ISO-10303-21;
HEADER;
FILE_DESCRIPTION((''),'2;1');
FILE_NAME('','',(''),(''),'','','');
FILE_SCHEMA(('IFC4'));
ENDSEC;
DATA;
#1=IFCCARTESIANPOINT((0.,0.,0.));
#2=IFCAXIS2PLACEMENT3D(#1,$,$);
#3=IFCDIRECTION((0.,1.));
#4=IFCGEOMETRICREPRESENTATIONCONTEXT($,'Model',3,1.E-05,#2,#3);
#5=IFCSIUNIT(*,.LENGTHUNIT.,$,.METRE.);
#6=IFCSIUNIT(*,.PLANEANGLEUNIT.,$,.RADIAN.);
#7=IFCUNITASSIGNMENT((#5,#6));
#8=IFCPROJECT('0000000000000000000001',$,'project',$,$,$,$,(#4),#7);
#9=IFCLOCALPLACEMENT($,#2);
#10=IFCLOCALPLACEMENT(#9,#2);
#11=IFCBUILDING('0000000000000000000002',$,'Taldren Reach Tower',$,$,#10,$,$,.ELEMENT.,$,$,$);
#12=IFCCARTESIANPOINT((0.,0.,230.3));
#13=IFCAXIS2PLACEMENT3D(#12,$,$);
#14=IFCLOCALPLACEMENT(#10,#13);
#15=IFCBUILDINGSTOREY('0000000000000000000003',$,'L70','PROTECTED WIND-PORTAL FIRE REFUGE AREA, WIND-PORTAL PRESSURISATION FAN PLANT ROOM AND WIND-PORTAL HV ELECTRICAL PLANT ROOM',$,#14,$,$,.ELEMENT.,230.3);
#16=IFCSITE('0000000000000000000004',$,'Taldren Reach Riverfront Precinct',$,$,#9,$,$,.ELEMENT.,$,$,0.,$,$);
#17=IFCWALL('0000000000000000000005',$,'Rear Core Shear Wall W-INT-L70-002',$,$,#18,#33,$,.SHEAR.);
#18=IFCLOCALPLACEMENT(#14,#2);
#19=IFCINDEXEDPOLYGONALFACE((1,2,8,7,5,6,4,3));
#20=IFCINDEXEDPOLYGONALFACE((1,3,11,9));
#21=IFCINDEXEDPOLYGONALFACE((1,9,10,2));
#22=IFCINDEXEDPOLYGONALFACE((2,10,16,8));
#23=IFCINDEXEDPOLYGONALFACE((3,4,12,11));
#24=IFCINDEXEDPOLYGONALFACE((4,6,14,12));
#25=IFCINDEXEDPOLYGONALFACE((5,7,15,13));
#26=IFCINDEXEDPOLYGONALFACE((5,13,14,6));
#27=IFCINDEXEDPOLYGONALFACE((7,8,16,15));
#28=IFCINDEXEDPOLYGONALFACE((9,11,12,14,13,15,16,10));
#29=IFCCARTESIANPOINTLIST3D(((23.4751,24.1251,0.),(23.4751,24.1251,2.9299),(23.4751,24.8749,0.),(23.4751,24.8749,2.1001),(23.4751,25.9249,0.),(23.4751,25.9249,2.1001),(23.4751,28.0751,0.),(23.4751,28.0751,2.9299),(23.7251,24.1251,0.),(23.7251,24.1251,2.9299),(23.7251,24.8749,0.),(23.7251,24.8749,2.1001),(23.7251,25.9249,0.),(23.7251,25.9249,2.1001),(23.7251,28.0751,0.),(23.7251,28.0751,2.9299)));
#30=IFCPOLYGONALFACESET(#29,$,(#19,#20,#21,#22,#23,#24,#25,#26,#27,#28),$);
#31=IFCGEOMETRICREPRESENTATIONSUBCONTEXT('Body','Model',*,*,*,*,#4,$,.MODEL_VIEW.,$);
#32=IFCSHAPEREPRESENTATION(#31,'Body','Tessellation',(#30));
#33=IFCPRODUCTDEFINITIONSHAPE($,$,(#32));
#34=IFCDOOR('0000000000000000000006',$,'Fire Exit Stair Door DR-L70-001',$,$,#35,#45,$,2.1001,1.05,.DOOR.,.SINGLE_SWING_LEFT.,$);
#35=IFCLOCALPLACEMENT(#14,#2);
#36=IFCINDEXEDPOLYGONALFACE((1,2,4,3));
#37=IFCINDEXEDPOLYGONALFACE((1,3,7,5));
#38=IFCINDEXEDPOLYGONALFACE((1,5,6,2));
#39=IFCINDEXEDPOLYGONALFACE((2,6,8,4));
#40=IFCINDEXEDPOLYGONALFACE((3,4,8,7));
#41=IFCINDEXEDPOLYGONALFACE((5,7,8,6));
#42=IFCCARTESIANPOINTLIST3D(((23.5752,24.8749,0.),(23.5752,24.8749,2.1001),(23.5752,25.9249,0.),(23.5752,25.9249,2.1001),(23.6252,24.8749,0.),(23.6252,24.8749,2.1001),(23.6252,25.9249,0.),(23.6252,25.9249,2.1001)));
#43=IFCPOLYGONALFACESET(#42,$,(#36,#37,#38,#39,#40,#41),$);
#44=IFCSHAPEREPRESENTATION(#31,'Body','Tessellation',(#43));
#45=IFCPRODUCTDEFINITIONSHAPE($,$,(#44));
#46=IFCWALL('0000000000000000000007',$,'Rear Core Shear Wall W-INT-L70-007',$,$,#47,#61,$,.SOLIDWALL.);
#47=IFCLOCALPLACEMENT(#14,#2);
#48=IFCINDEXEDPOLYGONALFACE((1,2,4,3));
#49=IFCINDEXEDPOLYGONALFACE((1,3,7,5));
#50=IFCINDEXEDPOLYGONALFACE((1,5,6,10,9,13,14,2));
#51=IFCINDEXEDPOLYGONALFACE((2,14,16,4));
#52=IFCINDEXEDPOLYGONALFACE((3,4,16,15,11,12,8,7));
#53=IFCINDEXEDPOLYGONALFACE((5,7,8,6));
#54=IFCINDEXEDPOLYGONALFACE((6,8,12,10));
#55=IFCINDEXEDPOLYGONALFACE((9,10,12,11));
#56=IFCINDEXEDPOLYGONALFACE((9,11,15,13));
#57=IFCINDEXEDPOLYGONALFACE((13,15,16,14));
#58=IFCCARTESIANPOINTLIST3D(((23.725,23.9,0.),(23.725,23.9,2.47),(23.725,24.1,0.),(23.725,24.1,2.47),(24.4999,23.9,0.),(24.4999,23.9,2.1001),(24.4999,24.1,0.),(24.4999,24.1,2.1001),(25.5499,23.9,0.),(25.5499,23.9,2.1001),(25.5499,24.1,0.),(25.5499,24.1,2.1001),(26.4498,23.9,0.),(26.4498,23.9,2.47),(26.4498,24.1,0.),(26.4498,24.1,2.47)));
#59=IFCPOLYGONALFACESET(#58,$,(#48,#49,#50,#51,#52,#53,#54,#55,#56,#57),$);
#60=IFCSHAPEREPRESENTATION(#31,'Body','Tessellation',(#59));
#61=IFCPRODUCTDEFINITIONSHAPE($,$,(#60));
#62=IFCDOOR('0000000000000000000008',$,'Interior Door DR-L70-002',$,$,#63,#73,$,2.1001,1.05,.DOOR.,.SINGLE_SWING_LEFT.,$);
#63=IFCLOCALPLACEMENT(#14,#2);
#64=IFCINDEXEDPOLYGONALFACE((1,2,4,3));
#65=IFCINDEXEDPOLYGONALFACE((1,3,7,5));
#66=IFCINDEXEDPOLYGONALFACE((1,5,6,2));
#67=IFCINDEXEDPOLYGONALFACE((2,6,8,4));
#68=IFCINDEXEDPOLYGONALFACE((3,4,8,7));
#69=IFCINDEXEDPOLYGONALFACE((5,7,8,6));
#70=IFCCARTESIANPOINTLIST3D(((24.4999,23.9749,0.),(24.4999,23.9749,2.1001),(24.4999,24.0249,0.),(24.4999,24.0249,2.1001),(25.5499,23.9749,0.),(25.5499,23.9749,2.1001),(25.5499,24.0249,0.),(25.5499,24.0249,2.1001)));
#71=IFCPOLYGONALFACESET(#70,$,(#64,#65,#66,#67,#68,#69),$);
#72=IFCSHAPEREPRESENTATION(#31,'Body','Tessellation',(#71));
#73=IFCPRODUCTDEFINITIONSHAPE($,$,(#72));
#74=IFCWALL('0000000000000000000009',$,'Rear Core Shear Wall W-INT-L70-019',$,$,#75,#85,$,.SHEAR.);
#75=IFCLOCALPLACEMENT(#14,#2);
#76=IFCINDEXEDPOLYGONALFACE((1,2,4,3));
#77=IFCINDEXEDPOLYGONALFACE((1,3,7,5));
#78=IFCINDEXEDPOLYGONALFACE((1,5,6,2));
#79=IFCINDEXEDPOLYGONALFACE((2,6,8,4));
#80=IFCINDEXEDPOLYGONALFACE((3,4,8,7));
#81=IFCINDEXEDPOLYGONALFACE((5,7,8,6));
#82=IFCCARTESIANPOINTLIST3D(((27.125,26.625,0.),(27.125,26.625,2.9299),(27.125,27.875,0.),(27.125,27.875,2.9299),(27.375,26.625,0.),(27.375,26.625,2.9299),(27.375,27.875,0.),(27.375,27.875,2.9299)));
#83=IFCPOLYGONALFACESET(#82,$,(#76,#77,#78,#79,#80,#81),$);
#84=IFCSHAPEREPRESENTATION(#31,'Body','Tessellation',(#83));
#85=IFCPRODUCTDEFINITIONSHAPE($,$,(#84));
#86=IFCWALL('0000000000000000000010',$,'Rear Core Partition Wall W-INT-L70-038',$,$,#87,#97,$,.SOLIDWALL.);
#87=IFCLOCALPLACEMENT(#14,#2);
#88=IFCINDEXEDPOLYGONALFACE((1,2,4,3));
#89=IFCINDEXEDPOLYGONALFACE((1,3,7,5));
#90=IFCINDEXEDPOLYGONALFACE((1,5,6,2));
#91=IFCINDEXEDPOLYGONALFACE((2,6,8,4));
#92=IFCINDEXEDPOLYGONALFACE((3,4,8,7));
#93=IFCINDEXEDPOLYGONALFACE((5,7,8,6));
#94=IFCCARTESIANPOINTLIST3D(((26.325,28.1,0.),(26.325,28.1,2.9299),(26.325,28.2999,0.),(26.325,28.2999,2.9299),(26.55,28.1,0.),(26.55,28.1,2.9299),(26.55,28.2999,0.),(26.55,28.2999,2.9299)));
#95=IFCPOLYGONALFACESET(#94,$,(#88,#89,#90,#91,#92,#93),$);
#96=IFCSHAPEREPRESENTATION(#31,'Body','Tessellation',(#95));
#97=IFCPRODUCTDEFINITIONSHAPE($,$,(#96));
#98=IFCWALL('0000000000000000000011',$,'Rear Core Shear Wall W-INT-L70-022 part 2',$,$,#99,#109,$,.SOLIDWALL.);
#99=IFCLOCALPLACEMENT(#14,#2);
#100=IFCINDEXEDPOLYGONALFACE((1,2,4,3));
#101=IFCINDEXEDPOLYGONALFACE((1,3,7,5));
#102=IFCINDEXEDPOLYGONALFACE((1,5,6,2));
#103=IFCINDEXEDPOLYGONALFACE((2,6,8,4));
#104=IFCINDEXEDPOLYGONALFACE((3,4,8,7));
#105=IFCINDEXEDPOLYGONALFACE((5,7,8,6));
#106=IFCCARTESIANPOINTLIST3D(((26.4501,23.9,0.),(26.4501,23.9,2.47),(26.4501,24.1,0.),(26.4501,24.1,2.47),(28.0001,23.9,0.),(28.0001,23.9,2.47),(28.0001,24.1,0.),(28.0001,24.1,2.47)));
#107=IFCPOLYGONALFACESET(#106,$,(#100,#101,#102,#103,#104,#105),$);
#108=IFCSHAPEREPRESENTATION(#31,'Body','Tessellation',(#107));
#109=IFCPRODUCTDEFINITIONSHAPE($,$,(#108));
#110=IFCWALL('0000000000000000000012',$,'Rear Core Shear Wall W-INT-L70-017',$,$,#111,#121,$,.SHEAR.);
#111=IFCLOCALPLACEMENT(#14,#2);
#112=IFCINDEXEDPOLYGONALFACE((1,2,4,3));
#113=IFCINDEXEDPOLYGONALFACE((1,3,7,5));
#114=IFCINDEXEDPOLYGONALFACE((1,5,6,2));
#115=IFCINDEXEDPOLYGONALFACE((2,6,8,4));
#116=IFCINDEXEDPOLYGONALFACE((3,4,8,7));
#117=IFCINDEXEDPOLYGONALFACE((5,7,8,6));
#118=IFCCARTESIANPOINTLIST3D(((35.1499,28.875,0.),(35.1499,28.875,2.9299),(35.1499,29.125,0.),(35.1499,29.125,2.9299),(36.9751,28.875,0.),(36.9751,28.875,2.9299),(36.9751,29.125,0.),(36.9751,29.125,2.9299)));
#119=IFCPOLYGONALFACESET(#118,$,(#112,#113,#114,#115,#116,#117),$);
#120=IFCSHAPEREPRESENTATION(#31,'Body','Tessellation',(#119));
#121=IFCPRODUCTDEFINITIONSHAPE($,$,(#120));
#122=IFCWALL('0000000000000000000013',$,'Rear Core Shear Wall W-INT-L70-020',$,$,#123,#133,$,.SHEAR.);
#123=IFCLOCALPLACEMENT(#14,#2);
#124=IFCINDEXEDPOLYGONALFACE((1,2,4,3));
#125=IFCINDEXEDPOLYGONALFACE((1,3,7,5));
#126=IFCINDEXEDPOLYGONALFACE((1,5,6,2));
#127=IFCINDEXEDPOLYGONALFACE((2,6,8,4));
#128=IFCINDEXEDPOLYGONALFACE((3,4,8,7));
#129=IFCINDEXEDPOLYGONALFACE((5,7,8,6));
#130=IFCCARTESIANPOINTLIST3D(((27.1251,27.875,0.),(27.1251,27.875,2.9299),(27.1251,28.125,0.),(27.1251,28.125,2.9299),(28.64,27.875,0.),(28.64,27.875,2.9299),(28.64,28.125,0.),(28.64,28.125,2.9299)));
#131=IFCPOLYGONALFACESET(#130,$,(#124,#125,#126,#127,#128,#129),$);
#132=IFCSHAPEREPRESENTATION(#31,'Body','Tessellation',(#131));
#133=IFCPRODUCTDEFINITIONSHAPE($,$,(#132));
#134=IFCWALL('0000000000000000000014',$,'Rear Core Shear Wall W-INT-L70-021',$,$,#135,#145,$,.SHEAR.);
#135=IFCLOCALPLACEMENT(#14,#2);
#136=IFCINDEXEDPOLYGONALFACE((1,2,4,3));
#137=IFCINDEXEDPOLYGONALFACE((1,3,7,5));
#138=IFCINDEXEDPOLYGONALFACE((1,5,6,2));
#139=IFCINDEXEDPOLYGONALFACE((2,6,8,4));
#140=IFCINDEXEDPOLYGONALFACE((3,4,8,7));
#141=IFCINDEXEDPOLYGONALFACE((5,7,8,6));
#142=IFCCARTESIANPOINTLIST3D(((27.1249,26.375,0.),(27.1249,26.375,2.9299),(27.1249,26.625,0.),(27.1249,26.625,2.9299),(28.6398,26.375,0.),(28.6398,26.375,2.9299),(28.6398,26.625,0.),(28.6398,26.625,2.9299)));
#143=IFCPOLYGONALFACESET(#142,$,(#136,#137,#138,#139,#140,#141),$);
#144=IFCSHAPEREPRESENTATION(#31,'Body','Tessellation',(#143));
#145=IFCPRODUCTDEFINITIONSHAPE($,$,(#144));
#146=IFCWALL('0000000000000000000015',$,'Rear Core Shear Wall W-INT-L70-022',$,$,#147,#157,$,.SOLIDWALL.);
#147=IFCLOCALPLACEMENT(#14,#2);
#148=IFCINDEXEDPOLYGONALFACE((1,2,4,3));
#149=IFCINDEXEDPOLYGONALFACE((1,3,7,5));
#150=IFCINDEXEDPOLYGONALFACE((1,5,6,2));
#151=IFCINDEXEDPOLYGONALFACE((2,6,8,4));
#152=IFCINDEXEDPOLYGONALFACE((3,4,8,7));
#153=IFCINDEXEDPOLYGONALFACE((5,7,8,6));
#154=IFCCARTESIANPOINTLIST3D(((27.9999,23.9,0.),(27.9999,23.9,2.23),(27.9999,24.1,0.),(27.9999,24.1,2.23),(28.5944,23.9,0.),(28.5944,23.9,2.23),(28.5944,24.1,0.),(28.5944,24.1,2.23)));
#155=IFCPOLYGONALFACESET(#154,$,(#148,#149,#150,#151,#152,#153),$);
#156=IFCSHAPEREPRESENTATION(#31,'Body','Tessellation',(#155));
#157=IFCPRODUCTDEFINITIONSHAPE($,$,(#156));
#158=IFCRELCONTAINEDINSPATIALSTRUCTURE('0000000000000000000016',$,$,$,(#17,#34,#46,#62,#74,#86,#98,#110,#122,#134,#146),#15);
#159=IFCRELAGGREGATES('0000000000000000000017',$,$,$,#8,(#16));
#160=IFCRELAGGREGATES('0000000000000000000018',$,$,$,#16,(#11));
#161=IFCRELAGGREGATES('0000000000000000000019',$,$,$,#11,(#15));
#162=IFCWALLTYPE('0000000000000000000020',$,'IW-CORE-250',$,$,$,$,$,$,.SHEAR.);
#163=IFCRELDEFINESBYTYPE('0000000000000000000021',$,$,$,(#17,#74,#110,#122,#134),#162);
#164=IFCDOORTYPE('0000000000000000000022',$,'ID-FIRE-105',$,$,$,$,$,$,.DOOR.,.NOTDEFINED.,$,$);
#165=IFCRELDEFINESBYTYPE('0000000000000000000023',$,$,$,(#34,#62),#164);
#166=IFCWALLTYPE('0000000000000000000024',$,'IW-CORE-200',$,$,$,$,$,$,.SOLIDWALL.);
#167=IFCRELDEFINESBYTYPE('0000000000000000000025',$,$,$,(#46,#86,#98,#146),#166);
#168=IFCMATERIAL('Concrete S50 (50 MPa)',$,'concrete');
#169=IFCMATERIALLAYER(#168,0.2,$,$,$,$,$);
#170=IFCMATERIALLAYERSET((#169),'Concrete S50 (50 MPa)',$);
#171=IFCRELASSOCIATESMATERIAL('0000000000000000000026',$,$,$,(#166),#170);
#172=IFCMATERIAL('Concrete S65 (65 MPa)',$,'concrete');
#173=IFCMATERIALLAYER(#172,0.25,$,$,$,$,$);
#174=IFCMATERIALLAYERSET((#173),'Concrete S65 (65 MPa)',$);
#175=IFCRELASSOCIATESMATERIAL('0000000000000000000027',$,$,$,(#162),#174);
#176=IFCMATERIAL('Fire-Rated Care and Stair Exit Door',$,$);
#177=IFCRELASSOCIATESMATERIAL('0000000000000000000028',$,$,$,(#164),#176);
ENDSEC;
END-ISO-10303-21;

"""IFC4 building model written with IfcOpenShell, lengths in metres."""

from ifc_helpers import new_model, si_unit, direction, frame, frame_2d, origin, place, context, subcontext, project, spatial, rectangle, extrude, source, transform, mapped, material, layer, layer_set, type_object, element, fill, save


model = new_model("IFC4")

# Units and contexts
model_context = context("Model", 3, precision=1e-05, world=origin(), true_north=direction((0.0, 1.0)))
body_context = subcontext(model_context, "Body", "Model", "MODEL_VIEW")
ifc_project = project(units=[si_unit("LENGTHUNIT", "METRE"), si_unit("PLANEANGLEUNIT", "RADIAN")], contexts=[model_context])

# Site, building, storey
site_placement = place(None, origin())
site = spatial("IfcSite", under=ifc_project, at=site_placement, Name="Taldren Reach Riverfront Precinct", CompositionType="ELEMENT", RefElevation=0.0)
building_placement = place(site_placement, origin())
building = spatial("IfcBuilding", under=site, at=building_placement, Name="Taldren Reach Tower", CompositionType="ELEMENT")
storey_placement = place(building_placement, frame((0.0, 0.0, 230.3)))
storey = spatial("IfcBuildingStorey", under=building, at=storey_placement, Name="L70", Description="PROTECTED WIND-PORTAL FIRE REFUGE AREA, WIND-PORTAL PRESSURISATION FAN PLANT ROOM AND WIND-PORTAL HV ELECTRICAL PLANT ROOM", CompositionType="ELEMENT", Elevation=230.3)

# Shared definitions
ifc_material_1 = material(Name="Concrete S50 (50 MPa)", Category="concrete")
ifc_layer_1 = layer(ifc_material_1, 0.2)
ifc_layer_set_1 = layer_set([ifc_layer_1], Name="Concrete S50 (50 MPa)")
wall_type_1 = type_object("IfcWallType", Name="IW-CORE-200", PredefinedType="SOLIDWALL", material=ifc_layer_set_1)

# Shared definitions
ifc_material_2 = material(Name="Concrete S65 (65 MPa)", Category="concrete")
ifc_layer_2 = layer(ifc_material_2, 0.25)
ifc_layer_set_2 = layer_set([ifc_layer_2], Name="Concrete S65 (65 MPa)")
wall_type_2 = type_object("IfcWallType", Name="IW-CORE-250", PredefinedType="SHEAR", material=ifc_layer_set_2)

# Walls, openings, doors
shared_shape_1 = source(origin(), body_context, "Body", "SweptSolid", [
    extrude(rectangle(XDim=3.95, YDim=0.25, at=frame_2d((1.9751, 0.0))), origin(), (0.0, 0.0, 1.0), 2.9299),
])
wall_1_placement = place(storey_placement, frame((23.6001, 24.125, 0.0), z_axis=(0.0, 0.0, 1.0), x_axis=(0.0, 1.0, 0.0)))
wall_1 = element("IfcWall", 1, at=wall_1_placement, inside=storey, type_object=wall_type_2, Name="Rear Core Shear Wall W-INT-L70-002", PredefinedType="SHEAR", context=body_context, shape_type="MappedRepresentation", body=[
    mapped(shared_shape_1, transform((0.0, 0.0, 0.0), scale=1.0)),
])
shared_shape_2 = source(origin(), body_context, "Body", "SweptSolid", [
    extrude(rectangle(XDim=1.05, YDim=2.1001, at=frame_2d((0.5249, 1.05))), frame((0.0, 0.135, 0.0), z_axis=(0.0, -1.0, 0.0), x_axis=(1.0, 0.0, 0.0)), (0.0, 0.0, 1.0), 0.27),
])
opening_1_placement = place(wall_1_placement, frame((0.75, 0.0, 0.0)))
opening_1 = element("IfcOpeningElement", 2, at=opening_1_placement, cuts=wall_1, PredefinedType="OPENING", context=body_context, shape_type="MappedRepresentation", body=[
    mapped(shared_shape_2, transform((0.0, 0.0, 0.0), scale=1.0)),
])
ifc_material_3 = material(Name="Fire-Rated Care and Stair Exit Door")
door_type_1 = type_object("IfcDoorType", Name="ID-FIRE-105", OperationType="NOTDEFINED", PredefinedType="DOOR", material=ifc_material_3)
shared_shape_3 = source(origin(), body_context, "Body", "SweptSolid", [
    extrude(rectangle(XDim=1.05, YDim=2.1001, at=frame_2d((0.5249, 1.05))), frame((0.0, 0.0249, 0.0), z_axis=(0.0, -1.0, 0.0), x_axis=(1.0, 0.0, 0.0)), (0.0, 0.0, 1.0), 0.05),
])
door_1_placement = place(opening_1_placement, origin())
door_1 = element("IfcDoor", 3, at=door_1_placement, inside=storey, type_object=door_type_1, Name="Fire Exit Stair Door DR-L70-001", OperationType="SINGLE_SWING_LEFT", OverallHeight=2.1001, OverallWidth=1.05, PredefinedType="DOOR", context=body_context, shape_type="MappedRepresentation", body=[
    mapped(shared_shape_3, transform((0.0, 0.0, 0.0), scale=1.0)),
])
fill(opening_1, door_1)
shared_shape_4 = source(origin(), body_context, "Body", "SweptSolid", [
    extrude(rectangle(XDim=2.7249, YDim=0.2, at=frame_2d((1.3623, 0.0))), origin(), (0.0, 0.0, 1.0), 2.47),
])
wall_2_placement = place(storey_placement, frame((23.7251, 24.0, 0.0), z_axis=(0.0, 0.0, 1.0), x_axis=(1.0, 0.0, 0.0)))
wall_2 = element("IfcWall", 4, at=wall_2_placement, inside=storey, type_object=wall_type_1, Name="Rear Core Shear Wall W-INT-L70-007", PredefinedType="SOLIDWALL", context=body_context, shape_type="MappedRepresentation", body=[
    mapped(shared_shape_4, transform((0.0, 0.0, 0.0), scale=1.0)),
])
shared_shape_5 = source(origin(), body_context, "Body", "SweptSolid", [
    extrude(rectangle(XDim=1.05, YDim=2.1001, at=frame_2d((0.5249, 1.05))), frame((0.0, 0.1099, 0.0), z_axis=(0.0, -1.0, 0.0), x_axis=(1.0, 0.0, 0.0)), (0.0, 0.0, 1.0), 0.22),
])
opening_2_placement = place(wall_2_placement, frame((0.7749, 0.0, 0.0)))
opening_2 = element("IfcOpeningElement", 5, at=opening_2_placement, cuts=wall_2, PredefinedType="OPENING", context=body_context, shape_type="MappedRepresentation", body=[
    mapped(shared_shape_5, transform((0.0, 0.0, 0.0), scale=1.0)),
])
door_2_placement = place(opening_2_placement, origin())
door_2 = element("IfcDoor", 6, at=door_2_placement, inside=storey, type_object=door_type_1, Name="Interior Door DR-L70-002", OperationType="SINGLE_SWING_LEFT", OverallHeight=2.1001, OverallWidth=1.05, PredefinedType="DOOR", context=body_context, shape_type="MappedRepresentation", body=[
    mapped(shared_shape_3, transform((0.0, 0.0, 0.0), scale=1.0)),
])
fill(opening_2, door_2)

# Walls
shared_shape_6 = source(origin(), body_context, "Body", "SweptSolid", [
    extrude(rectangle(XDim=1.25, YDim=0.25, at=frame_2d((0.625, 0.0))), origin(), (0.0, 0.0, 1.0), 2.9299),
])
wall_3_placement = place(storey_placement, frame((27.25, 27.875, 0.0), z_axis=(0.0, 0.0, 1.0), x_axis=(0.0, -1.0, 0.0)))
element("IfcWall", 7, at=wall_3_placement, inside=storey, type_object=wall_type_2, Name="Rear Core Shear Wall W-INT-L70-019", PredefinedType="SHEAR", context=body_context, shape_type="MappedRepresentation", body=[
    mapped(shared_shape_6, transform((0.0, 0.0, 0.0), scale=1.0)),
])
shared_shape_7 = source(origin(), body_context, "Body", "SweptSolid", [
    extrude(rectangle(XDim=0.2251, YDim=0.2, at=frame_2d((0.1125, 0.0))), origin(), (0.0, 0.0, 1.0), 2.9299),
])
wall_4_placement = place(storey_placement, frame((26.325, 28.2, 0.0), z_axis=(0.0, 0.0, 1.0), x_axis=(1.0, 0.0, 0.0)))
element("IfcWall", 8, at=wall_4_placement, inside=storey, type_object=wall_type_1, Name="Rear Core Partition Wall W-INT-L70-038", PredefinedType="SOLIDWALL", context=body_context, shape_type="MappedRepresentation", body=[
    mapped(shared_shape_7, transform((0.0, 0.0, 0.0), scale=1.0)),
])
shared_shape_8 = source(origin(), body_context, "Body", "SweptSolid", [
    extrude(rectangle(XDim=1.55, YDim=0.2, at=frame_2d((0.7749, 0.0))), origin(), (0.0, 0.0, 1.0), 2.47),
])
wall_5_placement = place(storey_placement, frame((28.0, 24.0, 0.0), z_axis=(0.0, 0.0, 1.0), x_axis=(-1.0, 0.0, 0.0)))
element("IfcWall", 9, at=wall_5_placement, inside=storey, type_object=wall_type_1, Name="Rear Core Shear Wall W-INT-L70-022 part 2", PredefinedType="SOLIDWALL", context=body_context, shape_type="MappedRepresentation", body=[
    mapped(shared_shape_8, transform((0.0, 0.0, 0.0), scale=1.0)),
])
shared_shape_9 = source(origin(), body_context, "Body", "SweptSolid", [
    extrude(rectangle(XDim=1.8252, YDim=0.25, at=frame_2d((0.9126, 0.0))), origin(), (0.0, 0.0, 1.0), 2.9299),
])
wall_6_placement = place(storey_placement, frame((35.1499, 29.0, 0.0), z_axis=(0.0, 0.0, 1.0), x_axis=(1.0, 0.0, 0.0)))
element("IfcWall", 10, at=wall_6_placement, inside=storey, type_object=wall_type_2, Name="Rear Core Shear Wall W-INT-L70-017", PredefinedType="SHEAR", context=body_context, shape_type="MappedRepresentation", body=[
    mapped(shared_shape_9, transform((0.0, 0.0, 0.0), scale=1.0)),
])
shared_shape_10 = source(origin(), body_context, "Body", "SweptSolid", [
    extrude(rectangle(XDim=1.5149, YDim=0.25, at=frame_2d((0.7573, 0.0))), origin(), (0.0, 0.0, 1.0), 2.9299),
])
for number, where, z_axis, x_axis, name in (
    (11, (28.6399, 28.0, 0.0), (0.0, 0.0, 1.0), (-1.0, 0.0, 0.0), "Rear Core Shear Wall W-INT-L70-020"),
    (12, (27.125, 26.5, 0.0), (0.0, 0.0, 1.0), (1.0, 0.0, 0.0), "Rear Core Shear Wall W-INT-L70-021"),
):
    element("IfcWall", number, at=place(storey_placement, frame(where, z_axis=z_axis, x_axis=x_axis)), inside=storey, type_object=wall_type_2, Name=name, PredefinedType="SHEAR", context=body_context, shape_type="MappedRepresentation", body=[
        mapped(shared_shape_10, transform((0.0, 0.0, 0.0), scale=1.0)),
    ])
shared_shape_11 = source(origin(), body_context, "Body", "SweptSolid", [
    extrude(rectangle(XDim=0.5945, YDim=0.2, at=frame_2d((0.2974, 0.0))), origin(), (0.0, 0.0, 1.0), 2.23),
])
wall_7_placement = place(storey_placement, frame((28.5945, 24.0, 0.0), z_axis=(0.0, 0.0, 1.0), x_axis=(-1.0, 0.0, 0.0)))
element("IfcWall", 13, at=wall_7_placement, inside=storey, type_object=wall_type_1, Name="Rear Core Shear Wall W-INT-L70-022", PredefinedType="SOLIDWALL", context=body_context, shape_type="MappedRepresentation", body=[
    mapped(shared_shape_11, transform((0.0, 0.0, 0.0), scale=1.0)),
])

save(model, "model.ifc")
